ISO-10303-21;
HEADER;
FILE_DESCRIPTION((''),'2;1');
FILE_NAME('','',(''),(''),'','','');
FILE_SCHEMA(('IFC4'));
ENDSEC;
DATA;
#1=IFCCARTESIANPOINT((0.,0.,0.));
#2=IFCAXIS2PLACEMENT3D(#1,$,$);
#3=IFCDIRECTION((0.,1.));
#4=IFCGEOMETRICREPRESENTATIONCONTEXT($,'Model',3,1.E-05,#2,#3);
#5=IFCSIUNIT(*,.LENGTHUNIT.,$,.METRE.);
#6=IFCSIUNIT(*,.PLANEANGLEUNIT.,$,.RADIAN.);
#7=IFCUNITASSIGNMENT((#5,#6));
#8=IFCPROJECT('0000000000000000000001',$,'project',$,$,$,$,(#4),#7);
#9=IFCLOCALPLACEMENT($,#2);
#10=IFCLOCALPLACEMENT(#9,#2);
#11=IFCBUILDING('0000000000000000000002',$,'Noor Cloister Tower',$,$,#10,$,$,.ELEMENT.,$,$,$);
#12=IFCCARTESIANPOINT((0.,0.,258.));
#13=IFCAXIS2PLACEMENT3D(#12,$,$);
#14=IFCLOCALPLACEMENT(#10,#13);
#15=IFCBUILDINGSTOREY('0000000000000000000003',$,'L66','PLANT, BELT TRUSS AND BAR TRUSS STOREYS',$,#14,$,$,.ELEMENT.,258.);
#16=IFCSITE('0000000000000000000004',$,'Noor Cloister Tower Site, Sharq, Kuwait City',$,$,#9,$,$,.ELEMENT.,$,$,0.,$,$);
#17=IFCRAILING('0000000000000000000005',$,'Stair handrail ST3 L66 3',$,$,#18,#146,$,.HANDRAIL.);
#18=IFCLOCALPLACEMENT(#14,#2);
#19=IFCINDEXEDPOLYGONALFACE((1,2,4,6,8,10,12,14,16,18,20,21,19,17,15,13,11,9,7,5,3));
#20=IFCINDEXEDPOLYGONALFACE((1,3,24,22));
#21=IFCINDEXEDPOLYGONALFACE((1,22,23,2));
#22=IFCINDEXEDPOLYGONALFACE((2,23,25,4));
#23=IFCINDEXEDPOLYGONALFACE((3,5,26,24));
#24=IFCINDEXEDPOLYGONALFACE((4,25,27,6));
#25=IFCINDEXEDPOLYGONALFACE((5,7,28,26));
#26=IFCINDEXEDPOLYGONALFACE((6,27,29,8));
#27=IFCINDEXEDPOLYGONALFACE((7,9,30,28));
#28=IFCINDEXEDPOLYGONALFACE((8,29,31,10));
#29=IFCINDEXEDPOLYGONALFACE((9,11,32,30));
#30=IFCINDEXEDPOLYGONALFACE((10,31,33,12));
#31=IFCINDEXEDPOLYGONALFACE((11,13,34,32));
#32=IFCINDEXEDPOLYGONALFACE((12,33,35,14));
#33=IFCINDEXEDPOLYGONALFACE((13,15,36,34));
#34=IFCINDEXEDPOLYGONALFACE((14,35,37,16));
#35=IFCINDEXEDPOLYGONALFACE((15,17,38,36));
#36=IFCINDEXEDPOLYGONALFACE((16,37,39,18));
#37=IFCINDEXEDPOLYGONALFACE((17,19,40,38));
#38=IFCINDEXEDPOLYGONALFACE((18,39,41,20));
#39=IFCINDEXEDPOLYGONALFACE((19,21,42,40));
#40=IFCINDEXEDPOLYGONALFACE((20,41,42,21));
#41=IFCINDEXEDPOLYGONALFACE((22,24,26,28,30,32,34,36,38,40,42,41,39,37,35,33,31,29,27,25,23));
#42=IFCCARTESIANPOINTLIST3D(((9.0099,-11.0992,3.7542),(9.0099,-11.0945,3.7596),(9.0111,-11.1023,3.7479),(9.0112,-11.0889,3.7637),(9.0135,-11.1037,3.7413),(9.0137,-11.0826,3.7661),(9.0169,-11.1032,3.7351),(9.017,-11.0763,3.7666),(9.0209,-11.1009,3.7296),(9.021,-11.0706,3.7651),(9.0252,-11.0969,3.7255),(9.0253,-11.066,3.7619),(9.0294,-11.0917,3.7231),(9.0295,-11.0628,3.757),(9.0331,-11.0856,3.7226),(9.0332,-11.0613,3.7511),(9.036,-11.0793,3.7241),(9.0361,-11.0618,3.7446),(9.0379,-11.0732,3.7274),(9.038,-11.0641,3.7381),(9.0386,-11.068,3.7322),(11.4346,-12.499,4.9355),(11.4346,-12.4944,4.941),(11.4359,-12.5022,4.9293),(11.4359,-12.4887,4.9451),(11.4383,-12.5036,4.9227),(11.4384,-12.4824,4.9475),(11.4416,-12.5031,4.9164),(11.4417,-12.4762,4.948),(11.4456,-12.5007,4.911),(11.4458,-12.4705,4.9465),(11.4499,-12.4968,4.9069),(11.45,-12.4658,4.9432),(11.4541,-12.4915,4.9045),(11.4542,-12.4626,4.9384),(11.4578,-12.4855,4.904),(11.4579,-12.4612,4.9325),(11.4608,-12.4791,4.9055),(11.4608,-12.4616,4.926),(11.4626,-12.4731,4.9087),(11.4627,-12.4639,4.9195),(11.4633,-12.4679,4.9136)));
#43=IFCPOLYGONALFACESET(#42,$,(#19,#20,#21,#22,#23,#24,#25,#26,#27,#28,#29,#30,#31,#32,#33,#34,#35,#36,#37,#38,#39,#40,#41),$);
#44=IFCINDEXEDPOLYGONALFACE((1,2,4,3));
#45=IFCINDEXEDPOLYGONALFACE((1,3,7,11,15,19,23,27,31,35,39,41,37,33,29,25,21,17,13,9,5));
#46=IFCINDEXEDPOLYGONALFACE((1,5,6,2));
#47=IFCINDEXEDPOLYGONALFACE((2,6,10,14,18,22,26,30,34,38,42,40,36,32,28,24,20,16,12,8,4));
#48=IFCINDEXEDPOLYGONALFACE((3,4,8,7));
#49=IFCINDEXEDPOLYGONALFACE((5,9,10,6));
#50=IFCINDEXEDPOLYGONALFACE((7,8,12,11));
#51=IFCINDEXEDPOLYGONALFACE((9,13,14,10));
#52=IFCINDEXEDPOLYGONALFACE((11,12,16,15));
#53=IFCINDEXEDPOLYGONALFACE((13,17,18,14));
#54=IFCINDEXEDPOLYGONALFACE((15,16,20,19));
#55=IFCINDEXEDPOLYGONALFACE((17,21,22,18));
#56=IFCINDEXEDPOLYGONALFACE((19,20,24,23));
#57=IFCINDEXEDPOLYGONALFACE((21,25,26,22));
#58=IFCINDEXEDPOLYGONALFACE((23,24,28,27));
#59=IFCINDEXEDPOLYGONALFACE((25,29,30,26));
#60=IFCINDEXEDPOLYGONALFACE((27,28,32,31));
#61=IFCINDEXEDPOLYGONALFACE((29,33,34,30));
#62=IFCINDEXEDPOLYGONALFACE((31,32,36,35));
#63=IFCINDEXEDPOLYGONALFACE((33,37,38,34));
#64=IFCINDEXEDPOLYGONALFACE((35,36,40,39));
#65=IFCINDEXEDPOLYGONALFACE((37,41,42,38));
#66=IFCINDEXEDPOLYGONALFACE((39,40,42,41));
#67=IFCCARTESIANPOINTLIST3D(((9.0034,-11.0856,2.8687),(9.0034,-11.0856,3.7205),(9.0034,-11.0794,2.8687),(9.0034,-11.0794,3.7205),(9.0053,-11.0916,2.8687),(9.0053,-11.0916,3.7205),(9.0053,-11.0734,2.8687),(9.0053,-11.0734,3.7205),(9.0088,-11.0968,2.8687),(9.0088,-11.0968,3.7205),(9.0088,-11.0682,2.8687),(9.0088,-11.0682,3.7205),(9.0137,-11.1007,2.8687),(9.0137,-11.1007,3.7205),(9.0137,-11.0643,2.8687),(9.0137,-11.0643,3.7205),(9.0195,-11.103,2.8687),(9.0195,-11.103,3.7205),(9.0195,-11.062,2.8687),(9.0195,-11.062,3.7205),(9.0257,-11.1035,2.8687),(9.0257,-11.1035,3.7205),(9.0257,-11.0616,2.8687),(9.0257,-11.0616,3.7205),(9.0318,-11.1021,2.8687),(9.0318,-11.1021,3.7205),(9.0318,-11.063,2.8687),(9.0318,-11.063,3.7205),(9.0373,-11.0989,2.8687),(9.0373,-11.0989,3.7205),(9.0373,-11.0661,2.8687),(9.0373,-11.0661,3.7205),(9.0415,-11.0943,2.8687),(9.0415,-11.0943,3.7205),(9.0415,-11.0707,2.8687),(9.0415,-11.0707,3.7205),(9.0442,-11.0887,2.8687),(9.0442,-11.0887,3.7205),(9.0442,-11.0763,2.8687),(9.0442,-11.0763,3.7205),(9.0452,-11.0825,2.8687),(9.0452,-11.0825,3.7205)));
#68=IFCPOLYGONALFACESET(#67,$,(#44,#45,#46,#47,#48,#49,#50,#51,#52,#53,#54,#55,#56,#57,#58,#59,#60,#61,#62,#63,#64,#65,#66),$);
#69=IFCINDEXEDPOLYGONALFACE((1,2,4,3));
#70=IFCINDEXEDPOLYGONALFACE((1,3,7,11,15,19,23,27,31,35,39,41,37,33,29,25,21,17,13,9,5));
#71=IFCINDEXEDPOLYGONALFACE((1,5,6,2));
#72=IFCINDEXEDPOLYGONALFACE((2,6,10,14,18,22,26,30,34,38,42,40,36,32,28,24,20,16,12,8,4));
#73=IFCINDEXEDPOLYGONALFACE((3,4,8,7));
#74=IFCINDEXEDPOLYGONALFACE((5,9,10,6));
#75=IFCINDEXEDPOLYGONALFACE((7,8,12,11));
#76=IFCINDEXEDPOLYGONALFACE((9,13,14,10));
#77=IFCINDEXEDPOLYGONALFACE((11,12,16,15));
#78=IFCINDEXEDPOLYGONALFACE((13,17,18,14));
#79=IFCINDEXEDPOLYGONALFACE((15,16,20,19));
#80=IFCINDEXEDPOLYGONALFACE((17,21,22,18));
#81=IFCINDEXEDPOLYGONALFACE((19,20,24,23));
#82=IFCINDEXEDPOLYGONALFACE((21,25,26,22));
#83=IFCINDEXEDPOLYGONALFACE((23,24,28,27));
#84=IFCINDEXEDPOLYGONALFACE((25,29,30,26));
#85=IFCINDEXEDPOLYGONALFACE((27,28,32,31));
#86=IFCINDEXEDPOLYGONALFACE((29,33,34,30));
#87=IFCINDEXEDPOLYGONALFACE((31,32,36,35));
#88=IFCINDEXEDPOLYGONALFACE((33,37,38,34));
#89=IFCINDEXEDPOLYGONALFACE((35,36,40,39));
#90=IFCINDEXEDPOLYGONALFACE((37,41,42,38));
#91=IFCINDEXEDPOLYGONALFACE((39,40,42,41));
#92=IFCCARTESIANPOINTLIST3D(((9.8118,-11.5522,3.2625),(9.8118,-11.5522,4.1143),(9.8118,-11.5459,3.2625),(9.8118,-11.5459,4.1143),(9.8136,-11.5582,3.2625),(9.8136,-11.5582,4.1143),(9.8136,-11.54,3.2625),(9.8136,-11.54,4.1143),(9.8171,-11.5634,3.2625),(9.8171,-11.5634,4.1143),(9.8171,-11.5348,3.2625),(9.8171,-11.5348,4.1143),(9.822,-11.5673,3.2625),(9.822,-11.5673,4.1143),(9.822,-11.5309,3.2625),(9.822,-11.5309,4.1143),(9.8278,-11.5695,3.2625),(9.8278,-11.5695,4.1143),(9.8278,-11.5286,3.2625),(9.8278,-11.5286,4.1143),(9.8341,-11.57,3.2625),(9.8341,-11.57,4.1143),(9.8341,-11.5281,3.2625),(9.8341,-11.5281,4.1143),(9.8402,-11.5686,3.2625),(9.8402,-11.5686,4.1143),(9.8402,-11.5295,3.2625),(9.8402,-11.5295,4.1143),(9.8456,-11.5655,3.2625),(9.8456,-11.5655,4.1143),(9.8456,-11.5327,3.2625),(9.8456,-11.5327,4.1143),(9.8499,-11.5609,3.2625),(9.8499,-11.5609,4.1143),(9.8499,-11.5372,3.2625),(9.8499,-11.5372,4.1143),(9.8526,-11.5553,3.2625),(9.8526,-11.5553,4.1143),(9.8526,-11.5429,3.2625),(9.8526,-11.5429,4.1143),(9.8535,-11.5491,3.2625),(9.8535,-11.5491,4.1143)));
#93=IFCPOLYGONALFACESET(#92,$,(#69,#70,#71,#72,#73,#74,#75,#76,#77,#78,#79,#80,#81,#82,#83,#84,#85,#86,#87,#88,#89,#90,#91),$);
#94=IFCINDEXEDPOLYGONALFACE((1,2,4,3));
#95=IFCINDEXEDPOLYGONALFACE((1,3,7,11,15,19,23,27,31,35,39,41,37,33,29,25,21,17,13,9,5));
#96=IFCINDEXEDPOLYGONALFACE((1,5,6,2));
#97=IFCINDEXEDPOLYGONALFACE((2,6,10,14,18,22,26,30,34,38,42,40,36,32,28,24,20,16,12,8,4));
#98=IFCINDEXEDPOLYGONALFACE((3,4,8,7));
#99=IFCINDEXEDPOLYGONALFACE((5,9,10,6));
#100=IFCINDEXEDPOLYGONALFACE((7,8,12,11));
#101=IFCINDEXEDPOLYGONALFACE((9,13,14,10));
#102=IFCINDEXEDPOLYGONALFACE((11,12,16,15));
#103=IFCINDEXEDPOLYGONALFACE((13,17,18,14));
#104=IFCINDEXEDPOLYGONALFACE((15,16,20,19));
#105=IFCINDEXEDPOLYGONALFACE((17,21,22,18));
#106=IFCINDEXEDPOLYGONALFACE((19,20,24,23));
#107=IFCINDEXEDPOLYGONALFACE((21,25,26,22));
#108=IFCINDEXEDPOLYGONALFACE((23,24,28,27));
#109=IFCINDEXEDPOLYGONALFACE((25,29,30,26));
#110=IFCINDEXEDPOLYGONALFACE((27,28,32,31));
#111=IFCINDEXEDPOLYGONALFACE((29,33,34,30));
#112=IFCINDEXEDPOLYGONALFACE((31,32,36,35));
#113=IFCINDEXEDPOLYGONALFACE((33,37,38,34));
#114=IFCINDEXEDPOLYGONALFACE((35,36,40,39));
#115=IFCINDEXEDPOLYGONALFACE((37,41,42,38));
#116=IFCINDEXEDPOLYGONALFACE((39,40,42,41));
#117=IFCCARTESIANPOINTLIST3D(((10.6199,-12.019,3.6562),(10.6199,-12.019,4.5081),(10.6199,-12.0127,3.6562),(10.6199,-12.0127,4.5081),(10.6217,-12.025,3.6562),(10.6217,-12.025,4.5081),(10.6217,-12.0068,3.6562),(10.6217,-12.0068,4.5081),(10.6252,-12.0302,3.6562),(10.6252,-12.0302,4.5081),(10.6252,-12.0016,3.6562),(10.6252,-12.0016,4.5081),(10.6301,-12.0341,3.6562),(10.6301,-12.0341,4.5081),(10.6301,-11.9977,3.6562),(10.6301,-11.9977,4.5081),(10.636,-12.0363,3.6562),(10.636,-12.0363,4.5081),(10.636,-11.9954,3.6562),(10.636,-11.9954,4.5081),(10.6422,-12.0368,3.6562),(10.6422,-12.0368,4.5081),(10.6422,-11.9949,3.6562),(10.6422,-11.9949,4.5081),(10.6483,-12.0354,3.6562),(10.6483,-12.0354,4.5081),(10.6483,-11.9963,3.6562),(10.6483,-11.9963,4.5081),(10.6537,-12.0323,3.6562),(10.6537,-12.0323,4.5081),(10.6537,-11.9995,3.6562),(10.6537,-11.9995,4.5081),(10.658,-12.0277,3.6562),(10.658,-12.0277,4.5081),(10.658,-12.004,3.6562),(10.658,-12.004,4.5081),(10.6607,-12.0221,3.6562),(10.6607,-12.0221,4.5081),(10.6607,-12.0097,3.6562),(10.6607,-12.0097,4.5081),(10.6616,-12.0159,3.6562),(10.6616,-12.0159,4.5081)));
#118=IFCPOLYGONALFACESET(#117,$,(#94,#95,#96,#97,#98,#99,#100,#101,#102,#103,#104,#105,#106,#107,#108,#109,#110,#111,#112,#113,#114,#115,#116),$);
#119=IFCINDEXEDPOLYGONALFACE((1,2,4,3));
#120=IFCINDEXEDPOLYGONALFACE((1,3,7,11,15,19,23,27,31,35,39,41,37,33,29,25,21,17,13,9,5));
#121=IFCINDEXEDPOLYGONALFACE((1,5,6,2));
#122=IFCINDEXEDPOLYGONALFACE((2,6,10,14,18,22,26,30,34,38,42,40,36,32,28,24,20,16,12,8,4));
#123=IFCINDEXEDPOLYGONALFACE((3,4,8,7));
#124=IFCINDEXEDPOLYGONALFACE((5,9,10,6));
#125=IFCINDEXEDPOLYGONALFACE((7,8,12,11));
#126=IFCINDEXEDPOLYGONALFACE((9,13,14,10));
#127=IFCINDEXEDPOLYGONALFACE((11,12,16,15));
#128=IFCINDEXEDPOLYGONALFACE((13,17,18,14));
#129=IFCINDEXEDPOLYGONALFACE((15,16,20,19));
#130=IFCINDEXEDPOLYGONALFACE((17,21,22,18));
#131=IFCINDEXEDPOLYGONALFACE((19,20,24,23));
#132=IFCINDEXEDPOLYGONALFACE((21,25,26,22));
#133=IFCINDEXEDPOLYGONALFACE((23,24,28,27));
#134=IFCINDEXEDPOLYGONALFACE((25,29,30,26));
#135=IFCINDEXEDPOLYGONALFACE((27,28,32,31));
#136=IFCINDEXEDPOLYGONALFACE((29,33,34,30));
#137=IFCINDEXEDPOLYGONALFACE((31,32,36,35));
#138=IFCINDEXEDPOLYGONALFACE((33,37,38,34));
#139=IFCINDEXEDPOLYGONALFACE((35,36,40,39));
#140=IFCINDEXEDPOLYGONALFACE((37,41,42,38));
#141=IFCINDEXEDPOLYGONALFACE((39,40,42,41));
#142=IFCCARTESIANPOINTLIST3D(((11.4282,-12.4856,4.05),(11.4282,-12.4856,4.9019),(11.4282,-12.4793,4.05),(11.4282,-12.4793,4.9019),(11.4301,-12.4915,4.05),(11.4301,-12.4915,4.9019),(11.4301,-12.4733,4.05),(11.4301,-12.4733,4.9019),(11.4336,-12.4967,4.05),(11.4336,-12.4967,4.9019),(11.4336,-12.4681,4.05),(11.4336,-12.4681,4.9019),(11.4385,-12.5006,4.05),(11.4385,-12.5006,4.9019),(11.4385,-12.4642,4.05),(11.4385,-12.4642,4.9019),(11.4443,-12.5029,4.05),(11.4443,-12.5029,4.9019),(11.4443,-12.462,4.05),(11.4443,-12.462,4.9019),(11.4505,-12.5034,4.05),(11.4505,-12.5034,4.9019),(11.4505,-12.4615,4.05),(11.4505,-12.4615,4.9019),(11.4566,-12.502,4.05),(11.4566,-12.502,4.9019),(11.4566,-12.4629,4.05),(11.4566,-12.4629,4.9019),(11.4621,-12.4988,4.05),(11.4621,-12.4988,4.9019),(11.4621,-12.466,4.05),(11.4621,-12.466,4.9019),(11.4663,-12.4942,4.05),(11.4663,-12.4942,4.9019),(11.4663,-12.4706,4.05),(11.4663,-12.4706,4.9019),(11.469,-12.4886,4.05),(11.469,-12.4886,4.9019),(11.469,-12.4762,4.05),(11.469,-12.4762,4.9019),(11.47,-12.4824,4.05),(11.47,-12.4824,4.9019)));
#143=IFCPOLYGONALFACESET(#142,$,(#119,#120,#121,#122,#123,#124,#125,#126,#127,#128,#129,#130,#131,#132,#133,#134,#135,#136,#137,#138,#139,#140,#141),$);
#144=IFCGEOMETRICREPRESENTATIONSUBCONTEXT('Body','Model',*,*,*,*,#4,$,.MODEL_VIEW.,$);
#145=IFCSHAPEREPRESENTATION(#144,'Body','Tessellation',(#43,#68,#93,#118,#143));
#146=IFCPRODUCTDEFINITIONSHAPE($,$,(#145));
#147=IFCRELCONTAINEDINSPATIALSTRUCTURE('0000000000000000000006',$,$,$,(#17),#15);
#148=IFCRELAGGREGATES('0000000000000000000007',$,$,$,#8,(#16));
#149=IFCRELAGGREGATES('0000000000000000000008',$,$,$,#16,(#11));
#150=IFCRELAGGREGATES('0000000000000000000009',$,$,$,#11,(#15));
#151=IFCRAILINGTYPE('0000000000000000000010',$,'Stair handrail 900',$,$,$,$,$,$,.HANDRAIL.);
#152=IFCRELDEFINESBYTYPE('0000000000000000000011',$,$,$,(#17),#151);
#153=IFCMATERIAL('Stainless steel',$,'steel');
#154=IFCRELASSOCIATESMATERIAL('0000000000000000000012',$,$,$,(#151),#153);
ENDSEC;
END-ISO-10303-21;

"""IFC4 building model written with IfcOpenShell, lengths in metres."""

from ifc_helpers import new_model, si_unit, direction, frame, origin, origin_2d, place, context, subcontext, project, spatial, circle, extrude, material, type_object, element, save


model = new_model("IFC4")

# Units and contexts
model_context = context("Model", 3, precision=1e-05, world=origin(), true_north=direction((0.0, 1.0)))
body_context = subcontext(model_context, "Body", "Model", "MODEL_VIEW")
ifc_project = project(units=[si_unit("LENGTHUNIT", "METRE"), si_unit("PLANEANGLEUNIT", "RADIAN")], contexts=[model_context])

# Site, building, storey
site_placement = place(None, origin())
site = spatial("IfcSite", under=ifc_project, at=site_placement, Name="Noor Cloister Tower Site, Sharq, Kuwait City", CompositionType="ELEMENT", RefElevation=0.0)
building_placement = place(site_placement, origin())
building = spatial("IfcBuilding", under=site, at=building_placement, Name="Noor Cloister Tower", CompositionType="ELEMENT")
storey_placement = place(building_placement, frame((0.0, 0.0, 258.0)))
storey = spatial("IfcBuildingStorey", under=building, at=storey_placement, Name="L66", Description="PLANT, BELT TRUSS AND BAR TRUSS STOREYS", CompositionType="ELEMENT", Elevation=258.0)

# Railing
ifc_material_1 = material(Name="Stainless steel", Category="steel")
railing_type_1 = type_object("IfcRailingType", Name="Stair handrail 900", PredefinedType="HANDRAIL", material=ifc_material_1)
railing_1_placement = place(storey_placement, frame((9.0242, -11.0825, 2.8687)))
element("IfcRailing", 1, at=railing_1_placement, inside=storey, type_object=railing_type_1, Name="Stair handrail ST3 L66 3", PredefinedType="HANDRAIL", context=body_context, shape_type="SweptSolid", body=[
    extrude(circle(Radius=0.0239, at=origin_2d()), frame((0.0, 0.0, 0.876), z_axis=(0.797914, -0.460656, 0.388754), x_axis=(0.499984, 0.866035, 0.0)), (0.0, 0.0, 1.0), 3.0388),
    extrude(circle(Radius=0.021, at=origin_2d()), origin(), (0.0, 0.0, 1.0), 0.8518),
    extrude(circle(Radius=0.021, at=origin_2d()), frame((0.8083, -0.4666, 0.3938)), (0.0, 0.0, 1.0), 0.8518),
    extrude(circle(Radius=0.021, at=origin_2d()), frame((1.6165, -0.9333, 0.7876)), (0.0, 0.0, 1.0), 0.8518),
    extrude(circle(Radius=0.021, at=origin_2d()), frame((2.4248, -1.3999, 1.1814)), (0.0, 0.0, 1.0), 0.8518),
])

save(model, "model.ifc")
